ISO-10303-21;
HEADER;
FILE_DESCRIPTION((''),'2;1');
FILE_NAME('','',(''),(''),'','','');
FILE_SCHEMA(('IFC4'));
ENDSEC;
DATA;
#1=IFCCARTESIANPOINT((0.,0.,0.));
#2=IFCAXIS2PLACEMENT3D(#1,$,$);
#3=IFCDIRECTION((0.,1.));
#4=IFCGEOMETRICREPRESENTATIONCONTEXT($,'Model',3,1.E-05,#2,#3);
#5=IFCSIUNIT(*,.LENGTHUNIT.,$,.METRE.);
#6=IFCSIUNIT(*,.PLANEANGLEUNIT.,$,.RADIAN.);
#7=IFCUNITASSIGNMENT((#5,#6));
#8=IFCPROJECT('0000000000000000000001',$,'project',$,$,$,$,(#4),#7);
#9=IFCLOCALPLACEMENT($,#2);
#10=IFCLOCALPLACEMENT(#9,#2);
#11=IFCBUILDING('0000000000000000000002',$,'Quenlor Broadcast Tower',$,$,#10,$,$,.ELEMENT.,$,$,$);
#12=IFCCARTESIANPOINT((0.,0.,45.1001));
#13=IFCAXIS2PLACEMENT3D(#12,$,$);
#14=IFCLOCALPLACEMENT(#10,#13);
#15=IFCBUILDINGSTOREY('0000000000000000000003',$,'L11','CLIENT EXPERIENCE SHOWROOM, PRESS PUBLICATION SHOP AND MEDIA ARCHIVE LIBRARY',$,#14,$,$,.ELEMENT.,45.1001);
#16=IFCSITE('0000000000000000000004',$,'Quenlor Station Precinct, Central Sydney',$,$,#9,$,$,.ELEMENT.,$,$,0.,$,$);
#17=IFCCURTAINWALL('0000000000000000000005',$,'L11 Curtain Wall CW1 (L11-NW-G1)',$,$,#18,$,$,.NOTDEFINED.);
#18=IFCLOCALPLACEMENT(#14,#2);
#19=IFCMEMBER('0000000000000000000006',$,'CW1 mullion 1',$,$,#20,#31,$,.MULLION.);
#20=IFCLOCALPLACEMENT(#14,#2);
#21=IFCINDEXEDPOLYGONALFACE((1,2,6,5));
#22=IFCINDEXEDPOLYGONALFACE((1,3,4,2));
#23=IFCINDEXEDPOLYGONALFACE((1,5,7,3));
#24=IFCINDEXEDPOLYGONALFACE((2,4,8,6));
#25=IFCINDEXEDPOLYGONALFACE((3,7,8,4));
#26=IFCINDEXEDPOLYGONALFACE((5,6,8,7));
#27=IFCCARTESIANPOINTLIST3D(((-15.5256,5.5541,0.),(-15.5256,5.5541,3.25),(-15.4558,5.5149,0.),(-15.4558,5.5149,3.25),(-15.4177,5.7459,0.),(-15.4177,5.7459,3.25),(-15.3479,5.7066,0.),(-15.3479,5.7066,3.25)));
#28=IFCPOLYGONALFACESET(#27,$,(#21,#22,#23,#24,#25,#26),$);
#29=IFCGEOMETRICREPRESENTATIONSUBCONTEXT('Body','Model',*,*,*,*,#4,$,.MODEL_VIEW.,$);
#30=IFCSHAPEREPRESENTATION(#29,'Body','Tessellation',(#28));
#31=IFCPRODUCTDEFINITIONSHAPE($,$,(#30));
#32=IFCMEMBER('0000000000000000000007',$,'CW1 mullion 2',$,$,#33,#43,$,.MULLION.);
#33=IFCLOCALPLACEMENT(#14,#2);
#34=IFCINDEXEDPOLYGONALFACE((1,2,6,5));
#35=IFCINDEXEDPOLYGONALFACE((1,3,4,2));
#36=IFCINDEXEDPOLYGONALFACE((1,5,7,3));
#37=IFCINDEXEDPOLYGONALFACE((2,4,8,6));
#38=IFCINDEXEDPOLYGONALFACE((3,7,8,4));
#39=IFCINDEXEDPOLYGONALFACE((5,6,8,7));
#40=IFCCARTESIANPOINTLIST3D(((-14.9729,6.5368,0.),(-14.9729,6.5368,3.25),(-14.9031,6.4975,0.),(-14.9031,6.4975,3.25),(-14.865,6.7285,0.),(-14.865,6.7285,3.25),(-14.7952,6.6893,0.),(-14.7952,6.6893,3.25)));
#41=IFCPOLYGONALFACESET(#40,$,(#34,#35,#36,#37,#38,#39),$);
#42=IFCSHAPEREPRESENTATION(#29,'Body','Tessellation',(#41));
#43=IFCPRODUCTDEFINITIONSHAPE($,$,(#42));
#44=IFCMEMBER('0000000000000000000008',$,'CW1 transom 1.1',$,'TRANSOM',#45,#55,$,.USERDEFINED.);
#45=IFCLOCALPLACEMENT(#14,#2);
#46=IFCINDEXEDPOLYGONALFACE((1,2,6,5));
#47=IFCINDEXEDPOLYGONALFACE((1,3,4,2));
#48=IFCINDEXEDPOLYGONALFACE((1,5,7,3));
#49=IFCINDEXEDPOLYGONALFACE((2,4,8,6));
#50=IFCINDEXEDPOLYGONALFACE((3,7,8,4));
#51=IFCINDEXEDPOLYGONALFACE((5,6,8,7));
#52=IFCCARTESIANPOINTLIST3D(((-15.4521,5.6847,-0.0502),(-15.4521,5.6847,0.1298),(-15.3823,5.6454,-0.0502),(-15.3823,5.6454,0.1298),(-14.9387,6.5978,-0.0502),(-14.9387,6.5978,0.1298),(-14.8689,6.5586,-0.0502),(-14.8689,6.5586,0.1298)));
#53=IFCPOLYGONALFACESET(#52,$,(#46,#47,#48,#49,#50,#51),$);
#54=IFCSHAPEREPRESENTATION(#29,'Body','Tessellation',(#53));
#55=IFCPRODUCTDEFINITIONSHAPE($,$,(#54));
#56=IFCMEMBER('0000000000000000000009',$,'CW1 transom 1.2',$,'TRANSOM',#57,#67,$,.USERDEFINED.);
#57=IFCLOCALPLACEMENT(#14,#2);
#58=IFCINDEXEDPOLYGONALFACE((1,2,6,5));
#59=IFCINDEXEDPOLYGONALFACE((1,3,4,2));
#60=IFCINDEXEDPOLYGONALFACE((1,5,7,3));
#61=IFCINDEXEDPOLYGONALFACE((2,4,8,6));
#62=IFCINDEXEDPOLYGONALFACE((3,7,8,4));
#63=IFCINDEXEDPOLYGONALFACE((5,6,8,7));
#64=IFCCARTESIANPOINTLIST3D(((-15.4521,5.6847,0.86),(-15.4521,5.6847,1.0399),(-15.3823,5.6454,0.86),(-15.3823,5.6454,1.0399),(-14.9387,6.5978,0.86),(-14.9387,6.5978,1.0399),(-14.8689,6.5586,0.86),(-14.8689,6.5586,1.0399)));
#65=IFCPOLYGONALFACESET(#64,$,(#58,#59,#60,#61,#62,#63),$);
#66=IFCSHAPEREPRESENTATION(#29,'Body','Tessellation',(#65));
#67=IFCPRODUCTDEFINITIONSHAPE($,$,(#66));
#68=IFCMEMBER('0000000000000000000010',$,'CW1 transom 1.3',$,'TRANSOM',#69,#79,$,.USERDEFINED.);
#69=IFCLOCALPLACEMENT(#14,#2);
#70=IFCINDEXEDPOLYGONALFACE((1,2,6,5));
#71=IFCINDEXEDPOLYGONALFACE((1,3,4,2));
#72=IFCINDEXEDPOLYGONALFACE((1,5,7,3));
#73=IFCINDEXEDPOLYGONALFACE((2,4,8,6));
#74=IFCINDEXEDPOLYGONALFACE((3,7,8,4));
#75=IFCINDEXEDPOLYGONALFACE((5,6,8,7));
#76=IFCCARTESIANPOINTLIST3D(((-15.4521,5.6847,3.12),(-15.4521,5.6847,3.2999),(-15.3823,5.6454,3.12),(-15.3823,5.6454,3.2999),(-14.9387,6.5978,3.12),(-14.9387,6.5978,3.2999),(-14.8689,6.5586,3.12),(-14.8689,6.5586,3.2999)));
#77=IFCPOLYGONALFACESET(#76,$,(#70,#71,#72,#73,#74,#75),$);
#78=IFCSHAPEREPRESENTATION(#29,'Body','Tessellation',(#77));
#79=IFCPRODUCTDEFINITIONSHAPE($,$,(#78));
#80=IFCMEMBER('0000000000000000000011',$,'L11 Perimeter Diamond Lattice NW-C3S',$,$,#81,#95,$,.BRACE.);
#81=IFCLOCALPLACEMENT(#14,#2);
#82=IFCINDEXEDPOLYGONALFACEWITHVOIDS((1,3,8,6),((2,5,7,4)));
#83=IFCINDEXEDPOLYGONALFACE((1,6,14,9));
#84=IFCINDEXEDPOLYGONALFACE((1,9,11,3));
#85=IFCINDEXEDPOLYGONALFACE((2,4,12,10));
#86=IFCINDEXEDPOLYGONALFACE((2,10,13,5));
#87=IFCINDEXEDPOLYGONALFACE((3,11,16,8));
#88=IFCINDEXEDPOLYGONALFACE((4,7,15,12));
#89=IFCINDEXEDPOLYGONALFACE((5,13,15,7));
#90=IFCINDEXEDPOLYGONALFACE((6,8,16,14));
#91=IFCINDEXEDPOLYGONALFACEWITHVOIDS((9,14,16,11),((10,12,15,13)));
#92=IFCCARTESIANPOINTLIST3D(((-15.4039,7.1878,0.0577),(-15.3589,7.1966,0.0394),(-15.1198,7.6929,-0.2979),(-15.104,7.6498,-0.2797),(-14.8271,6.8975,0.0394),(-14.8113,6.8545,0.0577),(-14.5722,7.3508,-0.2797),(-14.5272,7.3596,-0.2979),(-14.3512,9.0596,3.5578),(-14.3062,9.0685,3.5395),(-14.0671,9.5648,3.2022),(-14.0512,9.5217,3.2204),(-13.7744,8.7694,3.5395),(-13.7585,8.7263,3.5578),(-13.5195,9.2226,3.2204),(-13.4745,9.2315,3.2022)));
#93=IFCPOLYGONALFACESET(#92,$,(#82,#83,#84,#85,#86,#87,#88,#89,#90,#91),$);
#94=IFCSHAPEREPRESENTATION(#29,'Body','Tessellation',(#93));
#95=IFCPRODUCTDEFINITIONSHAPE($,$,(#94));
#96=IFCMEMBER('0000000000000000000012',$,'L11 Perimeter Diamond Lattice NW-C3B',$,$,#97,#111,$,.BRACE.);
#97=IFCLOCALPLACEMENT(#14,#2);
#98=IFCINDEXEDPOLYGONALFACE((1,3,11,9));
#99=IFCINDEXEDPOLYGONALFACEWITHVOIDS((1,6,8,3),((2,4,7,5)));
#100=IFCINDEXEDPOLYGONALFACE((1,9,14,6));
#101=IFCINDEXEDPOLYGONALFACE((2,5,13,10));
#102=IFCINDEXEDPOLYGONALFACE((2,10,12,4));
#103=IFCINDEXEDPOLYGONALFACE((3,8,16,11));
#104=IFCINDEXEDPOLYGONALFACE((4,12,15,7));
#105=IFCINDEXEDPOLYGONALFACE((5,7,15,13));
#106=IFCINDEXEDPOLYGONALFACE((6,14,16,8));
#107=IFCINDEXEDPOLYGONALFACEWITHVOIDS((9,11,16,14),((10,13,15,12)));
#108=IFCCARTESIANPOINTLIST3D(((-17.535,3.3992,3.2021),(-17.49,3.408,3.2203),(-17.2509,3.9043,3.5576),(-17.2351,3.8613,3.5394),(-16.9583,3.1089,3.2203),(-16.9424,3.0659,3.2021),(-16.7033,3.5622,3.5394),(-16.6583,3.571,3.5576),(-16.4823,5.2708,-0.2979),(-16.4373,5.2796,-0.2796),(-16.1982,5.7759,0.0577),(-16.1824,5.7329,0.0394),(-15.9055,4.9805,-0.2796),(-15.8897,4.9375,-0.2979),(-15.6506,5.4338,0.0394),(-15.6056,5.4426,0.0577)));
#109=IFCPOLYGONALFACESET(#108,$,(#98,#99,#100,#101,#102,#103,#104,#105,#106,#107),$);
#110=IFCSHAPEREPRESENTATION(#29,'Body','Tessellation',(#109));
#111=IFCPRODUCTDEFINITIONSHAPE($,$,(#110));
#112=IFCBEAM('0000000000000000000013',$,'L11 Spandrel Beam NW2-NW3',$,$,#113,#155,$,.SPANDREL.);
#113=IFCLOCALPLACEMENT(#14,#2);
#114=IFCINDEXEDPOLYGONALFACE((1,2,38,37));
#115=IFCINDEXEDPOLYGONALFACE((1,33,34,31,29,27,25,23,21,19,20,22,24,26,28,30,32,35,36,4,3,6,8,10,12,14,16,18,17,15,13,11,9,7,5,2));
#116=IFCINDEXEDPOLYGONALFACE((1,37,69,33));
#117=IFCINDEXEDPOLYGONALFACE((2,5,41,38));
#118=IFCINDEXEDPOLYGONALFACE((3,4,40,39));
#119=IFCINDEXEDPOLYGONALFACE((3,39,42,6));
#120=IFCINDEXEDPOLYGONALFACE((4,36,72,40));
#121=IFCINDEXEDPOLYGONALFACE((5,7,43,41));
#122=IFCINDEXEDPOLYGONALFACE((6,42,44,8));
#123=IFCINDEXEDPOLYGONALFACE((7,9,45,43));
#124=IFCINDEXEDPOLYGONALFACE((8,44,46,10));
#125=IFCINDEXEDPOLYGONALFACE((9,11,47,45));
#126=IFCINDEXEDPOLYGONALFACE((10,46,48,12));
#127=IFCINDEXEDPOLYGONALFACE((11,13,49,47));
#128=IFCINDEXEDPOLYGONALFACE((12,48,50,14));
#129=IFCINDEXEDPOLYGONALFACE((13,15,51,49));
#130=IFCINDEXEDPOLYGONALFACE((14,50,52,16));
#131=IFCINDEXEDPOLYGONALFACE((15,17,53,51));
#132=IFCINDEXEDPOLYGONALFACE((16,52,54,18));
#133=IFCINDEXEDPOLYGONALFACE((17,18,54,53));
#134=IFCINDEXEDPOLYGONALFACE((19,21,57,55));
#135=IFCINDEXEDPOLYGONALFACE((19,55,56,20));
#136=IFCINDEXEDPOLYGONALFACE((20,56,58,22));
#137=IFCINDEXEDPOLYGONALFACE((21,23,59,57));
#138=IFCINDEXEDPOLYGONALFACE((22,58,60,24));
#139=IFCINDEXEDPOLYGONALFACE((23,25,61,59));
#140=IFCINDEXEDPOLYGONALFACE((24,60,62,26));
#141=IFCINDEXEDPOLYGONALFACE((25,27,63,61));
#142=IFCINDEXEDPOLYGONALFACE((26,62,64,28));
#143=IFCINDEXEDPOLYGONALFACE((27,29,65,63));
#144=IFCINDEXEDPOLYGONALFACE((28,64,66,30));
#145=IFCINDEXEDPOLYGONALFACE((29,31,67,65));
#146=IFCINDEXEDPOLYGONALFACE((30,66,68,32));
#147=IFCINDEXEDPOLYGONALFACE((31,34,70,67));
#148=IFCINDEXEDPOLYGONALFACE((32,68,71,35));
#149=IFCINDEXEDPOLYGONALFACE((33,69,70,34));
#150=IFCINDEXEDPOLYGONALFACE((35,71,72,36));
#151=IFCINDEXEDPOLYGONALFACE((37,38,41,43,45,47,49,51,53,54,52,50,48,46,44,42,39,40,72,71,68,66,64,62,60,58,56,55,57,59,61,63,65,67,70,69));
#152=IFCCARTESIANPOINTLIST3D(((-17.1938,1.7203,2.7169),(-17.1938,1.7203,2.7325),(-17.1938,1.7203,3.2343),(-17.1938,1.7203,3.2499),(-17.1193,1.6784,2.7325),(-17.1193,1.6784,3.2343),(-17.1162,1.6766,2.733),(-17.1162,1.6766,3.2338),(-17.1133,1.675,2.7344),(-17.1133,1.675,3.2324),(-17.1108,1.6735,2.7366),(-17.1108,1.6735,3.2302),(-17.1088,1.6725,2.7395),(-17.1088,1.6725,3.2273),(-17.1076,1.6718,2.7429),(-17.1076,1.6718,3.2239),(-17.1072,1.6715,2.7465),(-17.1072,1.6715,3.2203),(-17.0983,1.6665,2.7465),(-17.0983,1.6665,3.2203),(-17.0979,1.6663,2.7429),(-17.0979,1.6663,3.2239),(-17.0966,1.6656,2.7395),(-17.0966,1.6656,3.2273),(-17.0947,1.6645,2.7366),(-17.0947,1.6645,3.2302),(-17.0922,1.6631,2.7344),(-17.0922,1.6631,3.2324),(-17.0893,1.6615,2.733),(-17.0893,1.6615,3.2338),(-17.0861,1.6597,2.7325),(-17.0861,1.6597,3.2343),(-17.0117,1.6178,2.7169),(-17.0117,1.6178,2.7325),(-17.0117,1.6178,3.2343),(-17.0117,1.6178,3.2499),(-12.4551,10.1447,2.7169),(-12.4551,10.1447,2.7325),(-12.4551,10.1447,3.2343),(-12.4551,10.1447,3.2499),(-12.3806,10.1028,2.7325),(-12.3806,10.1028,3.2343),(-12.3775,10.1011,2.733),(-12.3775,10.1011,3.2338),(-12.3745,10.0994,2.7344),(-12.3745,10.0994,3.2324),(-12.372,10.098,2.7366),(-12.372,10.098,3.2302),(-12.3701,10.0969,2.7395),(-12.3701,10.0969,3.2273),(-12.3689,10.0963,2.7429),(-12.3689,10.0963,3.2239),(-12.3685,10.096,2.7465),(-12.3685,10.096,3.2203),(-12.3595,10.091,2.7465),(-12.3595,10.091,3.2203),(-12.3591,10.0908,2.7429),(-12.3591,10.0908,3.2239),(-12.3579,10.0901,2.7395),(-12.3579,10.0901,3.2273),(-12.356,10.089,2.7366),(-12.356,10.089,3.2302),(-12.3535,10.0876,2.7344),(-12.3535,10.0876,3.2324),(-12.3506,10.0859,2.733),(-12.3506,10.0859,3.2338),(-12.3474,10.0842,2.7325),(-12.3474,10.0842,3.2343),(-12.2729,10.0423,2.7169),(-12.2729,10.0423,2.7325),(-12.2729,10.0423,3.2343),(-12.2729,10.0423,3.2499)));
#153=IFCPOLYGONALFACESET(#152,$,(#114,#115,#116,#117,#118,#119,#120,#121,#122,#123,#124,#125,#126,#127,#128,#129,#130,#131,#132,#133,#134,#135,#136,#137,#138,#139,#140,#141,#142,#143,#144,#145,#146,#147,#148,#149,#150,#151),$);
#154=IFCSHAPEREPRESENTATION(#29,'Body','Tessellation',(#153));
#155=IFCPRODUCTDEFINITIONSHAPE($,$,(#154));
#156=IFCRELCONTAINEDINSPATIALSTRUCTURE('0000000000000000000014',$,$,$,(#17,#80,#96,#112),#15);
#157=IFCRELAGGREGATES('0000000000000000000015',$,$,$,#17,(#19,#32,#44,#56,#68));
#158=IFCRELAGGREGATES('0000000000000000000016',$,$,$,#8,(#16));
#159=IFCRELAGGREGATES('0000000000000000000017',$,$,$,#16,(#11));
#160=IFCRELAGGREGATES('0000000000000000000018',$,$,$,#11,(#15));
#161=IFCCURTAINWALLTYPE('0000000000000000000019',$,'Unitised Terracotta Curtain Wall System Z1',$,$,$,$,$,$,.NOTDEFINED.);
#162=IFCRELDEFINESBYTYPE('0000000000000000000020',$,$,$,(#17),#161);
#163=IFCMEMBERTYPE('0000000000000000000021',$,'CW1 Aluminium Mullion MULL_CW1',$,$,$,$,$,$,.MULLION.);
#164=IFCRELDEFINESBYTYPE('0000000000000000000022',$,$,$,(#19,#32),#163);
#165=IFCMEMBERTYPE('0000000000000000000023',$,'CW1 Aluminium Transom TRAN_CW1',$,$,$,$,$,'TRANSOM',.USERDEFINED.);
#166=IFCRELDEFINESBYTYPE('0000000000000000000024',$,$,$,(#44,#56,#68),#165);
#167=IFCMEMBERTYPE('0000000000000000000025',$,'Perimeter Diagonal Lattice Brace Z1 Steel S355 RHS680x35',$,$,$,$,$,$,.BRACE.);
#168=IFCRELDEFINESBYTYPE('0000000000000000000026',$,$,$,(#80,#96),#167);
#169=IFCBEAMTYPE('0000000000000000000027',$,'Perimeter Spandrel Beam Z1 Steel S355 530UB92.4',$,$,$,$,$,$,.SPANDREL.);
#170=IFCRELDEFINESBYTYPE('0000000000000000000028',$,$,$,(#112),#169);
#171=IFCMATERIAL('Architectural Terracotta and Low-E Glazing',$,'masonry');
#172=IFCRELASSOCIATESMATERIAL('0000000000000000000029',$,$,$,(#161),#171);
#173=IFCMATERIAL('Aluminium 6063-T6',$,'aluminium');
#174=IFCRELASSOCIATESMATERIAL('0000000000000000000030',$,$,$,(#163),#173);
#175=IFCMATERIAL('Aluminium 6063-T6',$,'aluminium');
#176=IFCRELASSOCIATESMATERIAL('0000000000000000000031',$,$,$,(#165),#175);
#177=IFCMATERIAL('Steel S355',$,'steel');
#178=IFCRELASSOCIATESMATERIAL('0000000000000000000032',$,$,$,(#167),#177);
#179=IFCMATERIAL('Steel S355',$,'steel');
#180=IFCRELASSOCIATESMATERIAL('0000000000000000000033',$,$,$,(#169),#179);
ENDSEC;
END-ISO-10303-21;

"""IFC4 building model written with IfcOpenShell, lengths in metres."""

from ifc_helpers import new_model, si_unit, direction, frame, origin, origin_2d, place, context, subcontext, project, spatial, rectangle, hollow_rectangle, i_section, extrude, material, material_profile, profile_set, type_object, element, aggregate, save


model = new_model("IFC4")

# Units and contexts
model_context = context("Model", 3, precision=1e-05, world=origin(), true_north=direction((0.0, 1.0)))
body_context = subcontext(model_context, "Body", "Model", "MODEL_VIEW")
ifc_project = project(units=[si_unit("LENGTHUNIT", "METRE"), si_unit("PLANEANGLEUNIT", "RADIAN")], contexts=[model_context])

# Site, building, storey
site_placement = place(None, origin())
site = spatial("IfcSite", under=ifc_project, at=site_placement, Name="Quenlor Station Precinct, Central Sydney", CompositionType="ELEMENT", RefElevation=0.0)
building_placement = place(site_placement, origin())
building = spatial("IfcBuilding", under=site, at=building_placement, Name="Quenlor Broadcast Tower", CompositionType="ELEMENT")
storey_placement = place(building_placement, frame((0.0, 0.0, 45.1001)))
storey = spatial("IfcBuildingStorey", under=building, at=storey_placement, Name="L11", Description="CLIENT EXPERIENCE SHOWROOM, PRESS PUBLICATION SHOP AND MEDIA ARCHIVE LIBRARY", CompositionType="ELEMENT", Elevation=45.1001)

# Curtain wall, members
ifc_material_1 = material(Name="Architectural Terracotta and Low-E Glazing", Category="masonry")
curtain_wall_type = type_object("IfcCurtainWallType", Name="Unitised Terracotta Curtain Wall System Z1", PredefinedType="NOTDEFINED", material=ifc_material_1)
curtain_wall_placement = place(storey_placement, origin())
curtain_wall = element("IfcCurtainWall", 1, at=curtain_wall_placement, inside=storey, type_object=curtain_wall_type, Name="L11 Curtain Wall CW1 (L11-NW-G1)", PredefinedType="NOTDEFINED")
ifc_material_2 = material(Name="Aluminium 6063-T6", Category="aluminium")
ifc_material_profile_1 = material_profile(ifc_material_2, rectangle(XDim=0.0801, YDim=0.22, at=origin_2d()))
ifc_profile_set_1 = profile_set([ifc_material_profile_1], Name="Aluminium 6063-T6 MULL80x220")
member_type_1 = type_object("IfcMemberType", Name="CW1 Aluminium Mullion MULL_CW1", PredefinedType="MULLION", material=ifc_profile_set_1)
member_1_placement = place(storey_placement, frame((-15.4368, 5.6304, 0.0), z_axis=(0.0, 0.0, 1.0), x_axis=(-0.871567, 0.490277, 0.0)))
member_1 = element("IfcMember", 2, at=member_1_placement, type_object=member_type_1, Name="CW1 mullion 1", PredefinedType="MULLION", context=body_context, shape_type="SweptSolid", body=[
    extrude(rectangle(XDim=0.0801, YDim=0.22, at=origin_2d()), origin(), (0.0, 0.0, 1.0), 3.25),
])
member_2_placement = place(storey_placement, frame((-14.884, 6.613, 0.0), z_axis=(0.0, 0.0, 1.0), x_axis=(-0.871567, 0.490277, 0.0)))
member_2 = element("IfcMember", 3, at=member_2_placement, type_object=member_type_1, Name="CW1 mullion 2", PredefinedType="MULLION", context=body_context, shape_type="SweptSolid", body=[
    extrude(rectangle(XDim=0.0801, YDim=0.22, at=origin_2d()), origin(), (0.0, 0.0, 1.0), 3.25),
])
ifc_material_3 = material(Name="Aluminium 6063-T6", Category="aluminium")
ifc_material_profile_2 = material_profile(ifc_material_3, rectangle(XDim=0.0801, YDim=0.1799, at=origin_2d()))
ifc_profile_set_2 = profile_set([ifc_material_profile_2], Name="Aluminium 6063-T6 TRAN80x180")
member_type_2 = type_object("IfcMemberType", Name="CW1 Aluminium Transom TRAN_CW1", ElementType="TRANSOM", PredefinedType="USERDEFINED", material=ifc_profile_set_2)
member_3_placement = place(storey_placement, frame((-15.4172, 5.665, 0.0398), z_axis=(0.490128, 0.87165, 0.0), x_axis=(-0.87165, 0.490128, 0.0)))
member_3 = element("IfcMember", 4, at=member_3_placement, type_object=member_type_2, Name="CW1 transom 1.1", ObjectType="TRANSOM", PredefinedType="USERDEFINED", context=body_context, shape_type="SweptSolid", body=[
    extrude(rectangle(XDim=0.0801, YDim=0.1799, at=origin_2d()), origin(), (0.0, 0.0, 1.0), 1.0476),
])
member_4_placement = place(storey_placement, frame((-15.4172, 5.665, 0.95), z_axis=(0.490128, 0.87165, 0.0), x_axis=(-0.87165, 0.490128, 0.0)))
member_4 = element("IfcMember", 5, at=member_4_placement, type_object=member_type_2, Name="CW1 transom 1.2", ObjectType="TRANSOM", PredefinedType="USERDEFINED", context=body_context, shape_type="SweptSolid", body=[
    extrude(rectangle(XDim=0.0801, YDim=0.1799, at=origin_2d()), origin(), (0.0, 0.0, 1.0), 1.0476),
])
member_5_placement = place(storey_placement, frame((-15.4172, 5.665, 3.21), z_axis=(0.490128, 0.87165, 0.0), x_axis=(-0.87165, 0.490128, 0.0)))
member_5 = element("IfcMember", 6, at=member_5_placement, type_object=member_type_2, Name="CW1 transom 1.3", ObjectType="TRANSOM", PredefinedType="USERDEFINED", context=body_context, shape_type="SweptSolid", body=[
    extrude(rectangle(XDim=0.0801, YDim=0.1799, at=origin_2d()), origin(), (0.0, 0.0, 1.0), 1.0476),
])

# Members
ifc_material_4 = material(Name="Steel S355", Category="steel")
ifc_material_profile_3 = material_profile(ifc_material_4, hollow_rectangle(XDim=0.6799, YDim=0.6799, WallThickness=0.0349, at=origin_2d()))
ifc_profile_set_3 = profile_set([ifc_material_profile_3], Name="Steel S355 RHS680x680x35")
member_type_3 = type_object("IfcMemberType", Name="Perimeter Diagonal Lattice Brace Z1 Steel S355 RHS680x35", PredefinedType="BRACE", material=ifc_profile_set_3)
member_6_placement = place(storey_placement, frame((-14.9656, 7.2737, -0.1201), z_axis=(0.256368, 0.455839, 0.852342), x_axis=(-0.871609, 0.490202, 0.0)))
element("IfcMember", 7, at=member_6_placement, inside=storey, type_object=member_type_3, Name="L11 Perimeter Diamond Lattice NW-C3S", PredefinedType="BRACE", context=body_context, shape_type="SweptSolid", body=[
    extrude(hollow_rectangle(XDim=0.6799, YDim=0.6799, WallThickness=0.0349, at=origin_2d()), origin(), (0.0, 0.0, 1.0), 4.1064),
])
member_7_placement = place(storey_placement, frame((-16.0439, 5.3567, -0.1201), z_axis=(-0.256375, -0.455792, 0.852365), x_axis=(0.871582, -0.49025, 0.0)))
element("IfcMember", 8, at=member_7_placement, inside=storey, type_object=member_type_3, Name="L11 Perimeter Diamond Lattice NW-C3B", PredefinedType="BRACE", context=body_context, shape_type="SweptSolid", body=[
    extrude(hollow_rectangle(XDim=0.6799, YDim=0.6799, WallThickness=0.0349, at=origin_2d()), origin(), (0.0, 0.0, 1.0), 4.1062),
])

# Beam
ifc_material_5 = material(Name="Steel S355", Category="steel")
ifc_material_profile_4 = material_profile(ifc_material_5, i_section(OverallWidth=0.209, OverallDepth=0.533, WebThickness=0.0103, FlangeThickness=0.0156, FilletRadius=0.0139, at=origin_2d()))
ifc_profile_set_4 = profile_set([ifc_material_profile_4], Name="Steel S355 530UB92.4")
beam_type_1 = type_object("IfcBeamType", Name="Perimeter Spandrel Beam Z1 Steel S355 530UB92.4", PredefinedType="SPANDREL", material=ifc_profile_set_4)
beam_1_placement = place(storey_placement, frame((-12.364, 10.0935, 2.9834), z_axis=(-0.490258, -0.871578, 0.0), x_axis=(0.871578, -0.490258, 0.0)))
element("IfcBeam", 9, at=beam_1_placement, inside=storey, type_object=beam_type_1, Name="L11 Spandrel Beam NW2-NW3", PredefinedType="SPANDREL", context=body_context, shape_type="SweptSolid", body=[
    extrude(i_section(OverallWidth=0.209, OverallDepth=0.533, WebThickness=0.0103, FlangeThickness=0.0156, FilletRadius=0.0139, at=origin_2d()), origin(), (0.0, 0.0, 1.0), 9.6658),
])

aggregate(curtain_wall, [member_1, member_2, member_3, member_4, member_5])

save(model, "model.ifc")
